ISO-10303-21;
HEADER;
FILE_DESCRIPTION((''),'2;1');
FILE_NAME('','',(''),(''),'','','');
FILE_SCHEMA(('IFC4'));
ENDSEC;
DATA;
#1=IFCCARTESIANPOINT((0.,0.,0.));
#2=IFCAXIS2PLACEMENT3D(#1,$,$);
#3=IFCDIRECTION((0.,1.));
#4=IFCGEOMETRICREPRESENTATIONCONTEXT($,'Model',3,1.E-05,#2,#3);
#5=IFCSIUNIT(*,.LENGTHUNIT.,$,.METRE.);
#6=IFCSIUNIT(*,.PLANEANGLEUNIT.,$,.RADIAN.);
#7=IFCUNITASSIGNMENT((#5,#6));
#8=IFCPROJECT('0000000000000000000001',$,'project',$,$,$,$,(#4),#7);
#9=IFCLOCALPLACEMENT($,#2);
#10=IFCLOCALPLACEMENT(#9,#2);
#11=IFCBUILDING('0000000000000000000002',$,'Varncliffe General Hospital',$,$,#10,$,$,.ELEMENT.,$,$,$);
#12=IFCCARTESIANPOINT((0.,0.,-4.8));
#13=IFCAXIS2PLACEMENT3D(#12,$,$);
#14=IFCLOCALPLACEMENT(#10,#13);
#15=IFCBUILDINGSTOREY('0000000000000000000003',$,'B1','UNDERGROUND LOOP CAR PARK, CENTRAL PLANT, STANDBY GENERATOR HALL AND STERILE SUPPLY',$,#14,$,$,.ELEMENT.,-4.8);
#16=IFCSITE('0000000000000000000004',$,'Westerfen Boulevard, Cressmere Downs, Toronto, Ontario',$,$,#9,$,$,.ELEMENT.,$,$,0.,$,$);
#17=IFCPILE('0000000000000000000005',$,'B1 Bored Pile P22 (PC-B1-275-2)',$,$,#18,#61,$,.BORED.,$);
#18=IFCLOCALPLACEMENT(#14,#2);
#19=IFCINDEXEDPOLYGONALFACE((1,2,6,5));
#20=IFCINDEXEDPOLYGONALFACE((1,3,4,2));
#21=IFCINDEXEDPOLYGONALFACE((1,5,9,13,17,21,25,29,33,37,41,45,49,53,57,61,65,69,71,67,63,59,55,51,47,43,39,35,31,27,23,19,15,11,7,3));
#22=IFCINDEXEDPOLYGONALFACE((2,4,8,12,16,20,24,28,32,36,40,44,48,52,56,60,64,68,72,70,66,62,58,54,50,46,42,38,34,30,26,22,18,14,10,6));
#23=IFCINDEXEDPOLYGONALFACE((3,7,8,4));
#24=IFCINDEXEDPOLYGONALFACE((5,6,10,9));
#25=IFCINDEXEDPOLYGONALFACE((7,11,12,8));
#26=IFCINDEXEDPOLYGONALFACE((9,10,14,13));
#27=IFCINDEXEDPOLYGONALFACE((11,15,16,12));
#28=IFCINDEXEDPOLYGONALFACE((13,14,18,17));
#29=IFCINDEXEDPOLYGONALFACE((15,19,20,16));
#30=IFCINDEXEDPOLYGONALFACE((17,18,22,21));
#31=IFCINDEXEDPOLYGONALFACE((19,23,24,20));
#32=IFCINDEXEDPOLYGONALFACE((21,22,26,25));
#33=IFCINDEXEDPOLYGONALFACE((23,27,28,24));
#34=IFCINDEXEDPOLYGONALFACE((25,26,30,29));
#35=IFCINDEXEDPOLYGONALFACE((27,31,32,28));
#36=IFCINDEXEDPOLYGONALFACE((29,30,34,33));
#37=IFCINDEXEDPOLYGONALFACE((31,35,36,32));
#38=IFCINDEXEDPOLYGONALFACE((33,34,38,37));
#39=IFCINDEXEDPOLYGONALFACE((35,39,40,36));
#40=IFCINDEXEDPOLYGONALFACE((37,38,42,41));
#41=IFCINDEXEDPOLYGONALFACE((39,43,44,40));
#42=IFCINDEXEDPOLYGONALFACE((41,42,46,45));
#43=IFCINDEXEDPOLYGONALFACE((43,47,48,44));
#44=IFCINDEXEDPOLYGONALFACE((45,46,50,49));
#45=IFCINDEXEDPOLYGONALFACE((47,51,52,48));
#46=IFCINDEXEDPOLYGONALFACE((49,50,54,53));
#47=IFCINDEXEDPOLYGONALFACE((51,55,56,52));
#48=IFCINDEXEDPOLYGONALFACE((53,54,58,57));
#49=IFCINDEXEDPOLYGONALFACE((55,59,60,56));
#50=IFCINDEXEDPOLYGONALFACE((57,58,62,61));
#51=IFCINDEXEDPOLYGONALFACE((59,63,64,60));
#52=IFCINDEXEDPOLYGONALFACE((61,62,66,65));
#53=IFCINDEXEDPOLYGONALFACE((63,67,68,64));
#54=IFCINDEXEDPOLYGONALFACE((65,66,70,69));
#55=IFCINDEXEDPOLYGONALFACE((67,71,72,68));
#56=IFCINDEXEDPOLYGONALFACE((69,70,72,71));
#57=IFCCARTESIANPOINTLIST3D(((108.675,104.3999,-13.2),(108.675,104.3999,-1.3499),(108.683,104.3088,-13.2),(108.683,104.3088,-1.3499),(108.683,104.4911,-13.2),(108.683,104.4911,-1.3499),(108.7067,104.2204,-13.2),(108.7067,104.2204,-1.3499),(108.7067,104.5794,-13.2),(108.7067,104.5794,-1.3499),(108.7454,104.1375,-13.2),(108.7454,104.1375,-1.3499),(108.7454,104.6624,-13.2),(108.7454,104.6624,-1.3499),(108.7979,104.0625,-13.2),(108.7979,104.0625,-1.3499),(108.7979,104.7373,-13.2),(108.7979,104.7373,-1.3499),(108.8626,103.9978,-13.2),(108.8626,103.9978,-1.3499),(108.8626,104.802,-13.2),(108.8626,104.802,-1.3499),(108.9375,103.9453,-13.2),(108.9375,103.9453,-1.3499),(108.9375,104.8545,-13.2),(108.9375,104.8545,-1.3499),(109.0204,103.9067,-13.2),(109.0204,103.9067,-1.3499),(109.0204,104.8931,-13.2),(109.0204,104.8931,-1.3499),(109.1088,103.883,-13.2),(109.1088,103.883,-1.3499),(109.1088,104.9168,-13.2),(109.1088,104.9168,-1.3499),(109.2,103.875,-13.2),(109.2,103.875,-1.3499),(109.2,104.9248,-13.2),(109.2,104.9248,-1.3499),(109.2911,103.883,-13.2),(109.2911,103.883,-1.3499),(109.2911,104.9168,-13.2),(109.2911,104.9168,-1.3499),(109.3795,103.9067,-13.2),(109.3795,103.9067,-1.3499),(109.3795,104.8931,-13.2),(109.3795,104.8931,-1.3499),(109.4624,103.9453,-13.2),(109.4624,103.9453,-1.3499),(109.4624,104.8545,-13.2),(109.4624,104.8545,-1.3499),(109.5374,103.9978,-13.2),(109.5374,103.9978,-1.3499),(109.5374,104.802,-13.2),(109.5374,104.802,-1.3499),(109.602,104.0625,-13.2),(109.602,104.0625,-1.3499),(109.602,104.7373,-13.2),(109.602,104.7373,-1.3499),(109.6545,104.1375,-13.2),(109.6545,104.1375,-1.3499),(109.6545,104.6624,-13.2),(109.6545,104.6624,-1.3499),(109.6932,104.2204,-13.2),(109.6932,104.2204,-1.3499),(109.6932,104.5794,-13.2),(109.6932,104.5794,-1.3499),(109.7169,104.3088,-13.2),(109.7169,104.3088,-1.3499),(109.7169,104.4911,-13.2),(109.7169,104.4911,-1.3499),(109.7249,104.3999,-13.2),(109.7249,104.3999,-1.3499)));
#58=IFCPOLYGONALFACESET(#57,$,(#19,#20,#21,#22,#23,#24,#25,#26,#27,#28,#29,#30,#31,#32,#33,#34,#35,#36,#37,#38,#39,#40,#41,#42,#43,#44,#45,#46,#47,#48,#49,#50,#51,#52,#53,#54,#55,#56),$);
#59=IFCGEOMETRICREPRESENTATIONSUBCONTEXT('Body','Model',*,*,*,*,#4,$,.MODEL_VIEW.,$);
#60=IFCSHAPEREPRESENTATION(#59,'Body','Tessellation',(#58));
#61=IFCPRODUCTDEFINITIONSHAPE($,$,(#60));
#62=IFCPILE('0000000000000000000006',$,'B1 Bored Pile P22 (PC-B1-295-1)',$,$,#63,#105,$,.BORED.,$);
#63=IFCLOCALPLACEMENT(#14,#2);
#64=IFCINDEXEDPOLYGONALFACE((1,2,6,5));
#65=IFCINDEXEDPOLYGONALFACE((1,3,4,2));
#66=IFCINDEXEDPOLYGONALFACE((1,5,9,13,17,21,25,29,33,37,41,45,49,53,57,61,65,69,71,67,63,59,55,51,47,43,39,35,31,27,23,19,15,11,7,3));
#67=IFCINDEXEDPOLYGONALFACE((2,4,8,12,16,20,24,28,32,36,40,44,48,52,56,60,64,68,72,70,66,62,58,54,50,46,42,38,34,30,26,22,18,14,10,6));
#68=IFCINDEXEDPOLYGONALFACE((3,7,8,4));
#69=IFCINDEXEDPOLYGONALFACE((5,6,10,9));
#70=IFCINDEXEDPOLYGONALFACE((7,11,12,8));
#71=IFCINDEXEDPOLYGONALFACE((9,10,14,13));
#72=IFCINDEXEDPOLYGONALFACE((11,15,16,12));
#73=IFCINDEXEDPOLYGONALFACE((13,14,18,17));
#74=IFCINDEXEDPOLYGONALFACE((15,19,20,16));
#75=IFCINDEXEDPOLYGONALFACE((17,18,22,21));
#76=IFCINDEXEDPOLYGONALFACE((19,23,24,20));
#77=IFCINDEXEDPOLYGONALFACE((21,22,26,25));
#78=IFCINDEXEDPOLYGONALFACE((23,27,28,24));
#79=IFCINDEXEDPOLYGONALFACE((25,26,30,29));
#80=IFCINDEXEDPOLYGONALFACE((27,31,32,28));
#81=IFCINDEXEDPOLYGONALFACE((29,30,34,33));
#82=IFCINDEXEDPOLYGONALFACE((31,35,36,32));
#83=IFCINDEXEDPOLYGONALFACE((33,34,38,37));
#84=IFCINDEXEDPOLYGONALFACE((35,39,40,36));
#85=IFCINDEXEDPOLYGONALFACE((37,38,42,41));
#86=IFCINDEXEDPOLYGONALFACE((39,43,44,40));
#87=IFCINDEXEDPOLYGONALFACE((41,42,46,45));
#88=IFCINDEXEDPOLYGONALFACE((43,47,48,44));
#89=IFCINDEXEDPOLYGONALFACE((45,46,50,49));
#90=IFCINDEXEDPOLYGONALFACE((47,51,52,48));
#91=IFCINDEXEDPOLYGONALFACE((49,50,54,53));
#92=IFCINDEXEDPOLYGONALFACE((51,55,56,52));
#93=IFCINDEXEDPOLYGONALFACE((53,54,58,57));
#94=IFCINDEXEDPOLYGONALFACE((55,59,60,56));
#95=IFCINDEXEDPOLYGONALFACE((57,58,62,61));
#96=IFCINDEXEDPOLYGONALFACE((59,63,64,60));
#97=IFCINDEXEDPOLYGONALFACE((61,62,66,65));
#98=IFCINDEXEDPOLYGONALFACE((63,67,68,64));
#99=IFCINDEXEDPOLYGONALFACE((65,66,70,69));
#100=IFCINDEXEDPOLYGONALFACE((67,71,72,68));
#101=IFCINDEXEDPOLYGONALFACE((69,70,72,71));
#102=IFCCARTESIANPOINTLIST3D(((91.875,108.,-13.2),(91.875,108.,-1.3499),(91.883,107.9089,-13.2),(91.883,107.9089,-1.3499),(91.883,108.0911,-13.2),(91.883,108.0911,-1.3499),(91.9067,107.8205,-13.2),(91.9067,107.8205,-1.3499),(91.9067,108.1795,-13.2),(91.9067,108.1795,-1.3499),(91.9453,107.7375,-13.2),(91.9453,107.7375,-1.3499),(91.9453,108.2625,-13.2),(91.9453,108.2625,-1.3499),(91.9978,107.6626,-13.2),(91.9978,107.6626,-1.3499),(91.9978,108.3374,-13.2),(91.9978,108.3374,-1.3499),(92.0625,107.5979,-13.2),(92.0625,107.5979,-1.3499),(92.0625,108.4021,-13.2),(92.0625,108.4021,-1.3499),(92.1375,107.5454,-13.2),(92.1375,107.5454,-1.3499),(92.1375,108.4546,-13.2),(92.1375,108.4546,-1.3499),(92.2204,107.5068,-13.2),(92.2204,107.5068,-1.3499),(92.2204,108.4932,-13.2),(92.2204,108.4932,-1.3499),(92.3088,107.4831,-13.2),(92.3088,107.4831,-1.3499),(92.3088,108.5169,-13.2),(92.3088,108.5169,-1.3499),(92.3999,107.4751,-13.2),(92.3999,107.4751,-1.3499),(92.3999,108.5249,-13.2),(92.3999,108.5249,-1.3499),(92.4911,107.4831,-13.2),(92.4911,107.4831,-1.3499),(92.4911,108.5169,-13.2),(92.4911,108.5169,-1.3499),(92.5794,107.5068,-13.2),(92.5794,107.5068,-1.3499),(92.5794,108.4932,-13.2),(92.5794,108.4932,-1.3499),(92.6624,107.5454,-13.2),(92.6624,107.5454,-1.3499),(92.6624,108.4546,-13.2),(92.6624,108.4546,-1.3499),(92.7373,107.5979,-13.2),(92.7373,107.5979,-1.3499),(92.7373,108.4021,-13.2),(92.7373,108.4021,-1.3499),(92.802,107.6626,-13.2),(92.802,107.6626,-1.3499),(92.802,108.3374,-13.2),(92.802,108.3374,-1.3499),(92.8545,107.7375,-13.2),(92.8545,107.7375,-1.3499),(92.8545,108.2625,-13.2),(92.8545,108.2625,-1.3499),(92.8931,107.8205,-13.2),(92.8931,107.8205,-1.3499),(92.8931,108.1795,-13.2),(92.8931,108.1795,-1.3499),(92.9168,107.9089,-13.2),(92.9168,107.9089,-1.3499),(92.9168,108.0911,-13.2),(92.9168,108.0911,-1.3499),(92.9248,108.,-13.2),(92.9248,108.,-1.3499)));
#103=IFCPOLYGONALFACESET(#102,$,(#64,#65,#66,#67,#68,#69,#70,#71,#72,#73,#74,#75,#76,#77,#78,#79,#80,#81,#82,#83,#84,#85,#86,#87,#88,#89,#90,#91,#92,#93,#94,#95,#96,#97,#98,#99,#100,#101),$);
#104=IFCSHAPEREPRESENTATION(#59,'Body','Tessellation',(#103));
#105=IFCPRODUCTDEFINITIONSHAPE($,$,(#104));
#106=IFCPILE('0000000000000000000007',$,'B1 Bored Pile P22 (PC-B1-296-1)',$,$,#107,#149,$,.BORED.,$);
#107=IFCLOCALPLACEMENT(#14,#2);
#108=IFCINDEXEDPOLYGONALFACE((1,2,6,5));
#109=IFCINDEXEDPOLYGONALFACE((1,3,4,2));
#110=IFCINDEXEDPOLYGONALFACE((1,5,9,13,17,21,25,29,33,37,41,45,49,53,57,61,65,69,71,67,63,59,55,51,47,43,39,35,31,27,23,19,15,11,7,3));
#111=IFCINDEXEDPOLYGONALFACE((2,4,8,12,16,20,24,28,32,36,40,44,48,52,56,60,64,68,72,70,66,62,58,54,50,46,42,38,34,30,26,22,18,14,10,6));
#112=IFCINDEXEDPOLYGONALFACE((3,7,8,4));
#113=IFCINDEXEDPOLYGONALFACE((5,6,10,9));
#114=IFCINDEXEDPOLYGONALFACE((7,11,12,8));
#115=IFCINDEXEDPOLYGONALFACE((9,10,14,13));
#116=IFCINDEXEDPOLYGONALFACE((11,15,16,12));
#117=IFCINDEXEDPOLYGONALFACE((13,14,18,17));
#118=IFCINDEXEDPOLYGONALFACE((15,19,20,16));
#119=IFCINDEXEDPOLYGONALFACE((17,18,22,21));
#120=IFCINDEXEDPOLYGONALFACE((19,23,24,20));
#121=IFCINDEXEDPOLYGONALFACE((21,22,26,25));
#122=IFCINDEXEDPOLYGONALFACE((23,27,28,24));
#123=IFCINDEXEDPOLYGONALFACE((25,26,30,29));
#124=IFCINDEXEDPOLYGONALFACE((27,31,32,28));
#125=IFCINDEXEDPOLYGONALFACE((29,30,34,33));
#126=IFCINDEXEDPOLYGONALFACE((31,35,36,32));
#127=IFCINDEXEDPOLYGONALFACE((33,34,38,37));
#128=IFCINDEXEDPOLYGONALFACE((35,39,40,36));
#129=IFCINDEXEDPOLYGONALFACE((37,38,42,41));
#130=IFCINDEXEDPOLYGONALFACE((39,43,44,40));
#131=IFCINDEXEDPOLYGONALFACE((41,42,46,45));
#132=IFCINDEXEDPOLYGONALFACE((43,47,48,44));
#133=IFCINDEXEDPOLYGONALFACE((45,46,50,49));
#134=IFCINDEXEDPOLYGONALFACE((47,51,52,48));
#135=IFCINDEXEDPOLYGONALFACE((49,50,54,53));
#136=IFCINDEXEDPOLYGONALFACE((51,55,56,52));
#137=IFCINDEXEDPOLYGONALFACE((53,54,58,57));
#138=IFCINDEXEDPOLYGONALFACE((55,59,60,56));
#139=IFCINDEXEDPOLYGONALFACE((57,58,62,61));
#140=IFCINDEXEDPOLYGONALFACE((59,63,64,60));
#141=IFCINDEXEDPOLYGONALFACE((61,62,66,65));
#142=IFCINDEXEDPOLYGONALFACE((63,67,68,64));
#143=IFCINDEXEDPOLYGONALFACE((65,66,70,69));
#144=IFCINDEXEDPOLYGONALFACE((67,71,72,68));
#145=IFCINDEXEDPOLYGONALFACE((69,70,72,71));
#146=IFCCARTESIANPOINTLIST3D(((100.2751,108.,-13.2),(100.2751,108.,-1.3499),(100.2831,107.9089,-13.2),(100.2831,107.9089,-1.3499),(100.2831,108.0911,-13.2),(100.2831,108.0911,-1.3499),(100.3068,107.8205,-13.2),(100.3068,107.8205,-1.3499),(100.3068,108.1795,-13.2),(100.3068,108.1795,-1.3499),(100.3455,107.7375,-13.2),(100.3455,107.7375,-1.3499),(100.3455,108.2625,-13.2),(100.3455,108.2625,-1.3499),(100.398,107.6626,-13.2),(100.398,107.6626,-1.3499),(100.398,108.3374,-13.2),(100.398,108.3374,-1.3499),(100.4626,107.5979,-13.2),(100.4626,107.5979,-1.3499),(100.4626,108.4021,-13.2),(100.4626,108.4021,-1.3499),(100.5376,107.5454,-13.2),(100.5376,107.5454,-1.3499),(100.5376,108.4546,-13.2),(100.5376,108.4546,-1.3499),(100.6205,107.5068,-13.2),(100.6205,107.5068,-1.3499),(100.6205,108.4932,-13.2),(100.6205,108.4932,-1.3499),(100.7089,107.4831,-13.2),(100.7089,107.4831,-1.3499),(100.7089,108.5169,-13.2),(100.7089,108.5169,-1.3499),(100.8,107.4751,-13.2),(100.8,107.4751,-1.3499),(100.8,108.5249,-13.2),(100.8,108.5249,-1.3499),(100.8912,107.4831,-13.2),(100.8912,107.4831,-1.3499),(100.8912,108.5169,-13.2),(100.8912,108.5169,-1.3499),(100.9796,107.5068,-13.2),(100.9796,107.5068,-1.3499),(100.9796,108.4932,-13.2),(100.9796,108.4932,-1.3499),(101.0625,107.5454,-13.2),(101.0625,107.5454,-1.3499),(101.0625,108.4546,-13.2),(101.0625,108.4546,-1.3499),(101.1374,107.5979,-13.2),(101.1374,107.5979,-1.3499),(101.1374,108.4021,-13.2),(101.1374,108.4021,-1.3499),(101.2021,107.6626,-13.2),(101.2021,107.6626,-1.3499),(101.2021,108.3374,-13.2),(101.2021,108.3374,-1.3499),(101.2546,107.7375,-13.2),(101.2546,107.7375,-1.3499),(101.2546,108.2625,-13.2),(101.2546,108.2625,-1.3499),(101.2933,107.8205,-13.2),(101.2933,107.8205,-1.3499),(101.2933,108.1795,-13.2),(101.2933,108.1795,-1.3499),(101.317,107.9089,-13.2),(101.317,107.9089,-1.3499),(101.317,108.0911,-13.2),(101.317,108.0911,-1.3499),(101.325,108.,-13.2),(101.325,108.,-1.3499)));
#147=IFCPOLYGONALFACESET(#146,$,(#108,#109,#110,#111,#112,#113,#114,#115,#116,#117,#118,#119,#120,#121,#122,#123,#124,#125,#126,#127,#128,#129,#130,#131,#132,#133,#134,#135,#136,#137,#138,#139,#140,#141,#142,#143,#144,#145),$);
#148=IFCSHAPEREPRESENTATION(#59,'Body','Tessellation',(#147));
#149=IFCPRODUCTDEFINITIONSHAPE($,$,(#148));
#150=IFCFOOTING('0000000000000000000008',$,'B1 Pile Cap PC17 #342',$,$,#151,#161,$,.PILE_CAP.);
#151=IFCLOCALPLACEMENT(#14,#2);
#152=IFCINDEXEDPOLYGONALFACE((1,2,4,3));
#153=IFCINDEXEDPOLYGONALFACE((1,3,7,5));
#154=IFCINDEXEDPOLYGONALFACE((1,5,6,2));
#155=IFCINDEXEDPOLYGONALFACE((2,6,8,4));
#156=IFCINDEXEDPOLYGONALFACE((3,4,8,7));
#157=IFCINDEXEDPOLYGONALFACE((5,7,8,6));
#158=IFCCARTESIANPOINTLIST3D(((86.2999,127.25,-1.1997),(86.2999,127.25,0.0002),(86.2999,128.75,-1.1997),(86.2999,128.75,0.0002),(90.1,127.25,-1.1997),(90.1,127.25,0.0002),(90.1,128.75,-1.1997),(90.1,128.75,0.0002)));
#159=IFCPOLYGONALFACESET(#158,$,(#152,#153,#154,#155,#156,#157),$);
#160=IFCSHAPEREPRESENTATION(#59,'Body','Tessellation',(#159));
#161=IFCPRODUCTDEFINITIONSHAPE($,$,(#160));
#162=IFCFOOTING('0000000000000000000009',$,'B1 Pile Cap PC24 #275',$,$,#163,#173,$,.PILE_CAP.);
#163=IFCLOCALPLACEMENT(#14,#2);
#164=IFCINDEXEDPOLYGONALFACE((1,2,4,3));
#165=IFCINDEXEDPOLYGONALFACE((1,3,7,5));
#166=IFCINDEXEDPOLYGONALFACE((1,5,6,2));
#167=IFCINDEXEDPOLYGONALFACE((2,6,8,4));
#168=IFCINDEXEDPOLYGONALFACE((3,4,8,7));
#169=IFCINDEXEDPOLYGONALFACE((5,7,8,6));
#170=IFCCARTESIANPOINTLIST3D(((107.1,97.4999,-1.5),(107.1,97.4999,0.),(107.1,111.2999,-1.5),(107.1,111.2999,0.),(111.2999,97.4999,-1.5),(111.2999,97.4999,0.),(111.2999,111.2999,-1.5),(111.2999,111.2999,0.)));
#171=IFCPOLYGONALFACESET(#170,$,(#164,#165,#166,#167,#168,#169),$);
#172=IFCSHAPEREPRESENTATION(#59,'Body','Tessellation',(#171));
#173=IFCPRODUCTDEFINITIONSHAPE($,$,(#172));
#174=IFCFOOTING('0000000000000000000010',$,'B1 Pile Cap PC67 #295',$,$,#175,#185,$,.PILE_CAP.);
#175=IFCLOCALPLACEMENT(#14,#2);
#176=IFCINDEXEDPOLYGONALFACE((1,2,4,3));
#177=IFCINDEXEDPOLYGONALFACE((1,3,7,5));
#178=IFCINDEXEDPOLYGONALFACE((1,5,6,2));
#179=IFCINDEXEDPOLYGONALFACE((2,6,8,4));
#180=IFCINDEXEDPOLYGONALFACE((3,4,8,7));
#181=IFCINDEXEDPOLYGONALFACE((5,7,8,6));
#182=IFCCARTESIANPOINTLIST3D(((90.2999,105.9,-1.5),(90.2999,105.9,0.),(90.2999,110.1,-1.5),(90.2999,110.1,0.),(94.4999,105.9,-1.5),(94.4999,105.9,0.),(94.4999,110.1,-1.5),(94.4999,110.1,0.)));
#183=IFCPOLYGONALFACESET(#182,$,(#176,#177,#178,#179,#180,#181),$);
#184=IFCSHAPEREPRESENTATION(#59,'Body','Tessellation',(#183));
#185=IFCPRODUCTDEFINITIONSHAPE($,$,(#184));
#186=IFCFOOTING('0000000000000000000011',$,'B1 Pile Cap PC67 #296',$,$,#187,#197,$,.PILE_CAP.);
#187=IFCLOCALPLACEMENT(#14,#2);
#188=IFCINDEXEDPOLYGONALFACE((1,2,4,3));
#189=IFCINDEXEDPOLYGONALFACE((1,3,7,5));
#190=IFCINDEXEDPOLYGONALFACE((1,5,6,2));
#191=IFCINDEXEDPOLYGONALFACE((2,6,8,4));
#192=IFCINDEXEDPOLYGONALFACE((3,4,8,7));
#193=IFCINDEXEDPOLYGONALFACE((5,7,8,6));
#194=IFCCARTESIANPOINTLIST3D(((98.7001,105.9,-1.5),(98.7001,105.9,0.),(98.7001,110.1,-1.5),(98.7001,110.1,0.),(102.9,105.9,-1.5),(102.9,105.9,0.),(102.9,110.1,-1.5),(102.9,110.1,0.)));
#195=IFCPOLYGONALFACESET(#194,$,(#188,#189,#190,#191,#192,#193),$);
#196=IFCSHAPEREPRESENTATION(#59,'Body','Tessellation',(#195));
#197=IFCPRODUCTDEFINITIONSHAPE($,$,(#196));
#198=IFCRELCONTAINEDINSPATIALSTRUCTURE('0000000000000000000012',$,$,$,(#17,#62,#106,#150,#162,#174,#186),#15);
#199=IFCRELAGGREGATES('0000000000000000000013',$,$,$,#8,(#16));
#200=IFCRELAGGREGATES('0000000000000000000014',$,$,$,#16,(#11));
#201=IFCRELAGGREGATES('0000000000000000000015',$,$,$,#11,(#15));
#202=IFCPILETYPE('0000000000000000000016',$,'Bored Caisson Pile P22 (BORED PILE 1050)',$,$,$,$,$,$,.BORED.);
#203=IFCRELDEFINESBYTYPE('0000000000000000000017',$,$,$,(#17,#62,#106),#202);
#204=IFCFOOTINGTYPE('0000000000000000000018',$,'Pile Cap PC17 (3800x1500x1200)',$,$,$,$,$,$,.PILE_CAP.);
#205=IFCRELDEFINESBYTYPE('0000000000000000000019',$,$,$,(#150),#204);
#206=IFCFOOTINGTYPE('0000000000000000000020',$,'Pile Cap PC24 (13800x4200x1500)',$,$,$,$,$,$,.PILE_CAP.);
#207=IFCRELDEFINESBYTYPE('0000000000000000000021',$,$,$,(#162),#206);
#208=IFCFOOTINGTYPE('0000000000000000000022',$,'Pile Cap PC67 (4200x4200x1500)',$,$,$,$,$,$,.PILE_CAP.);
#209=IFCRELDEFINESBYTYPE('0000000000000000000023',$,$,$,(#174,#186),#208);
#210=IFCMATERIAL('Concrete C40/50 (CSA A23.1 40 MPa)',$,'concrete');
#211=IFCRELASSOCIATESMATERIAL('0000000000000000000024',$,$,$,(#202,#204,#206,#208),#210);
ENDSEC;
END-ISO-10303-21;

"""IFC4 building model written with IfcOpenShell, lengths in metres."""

from ifc_helpers import new_model, si_unit, direction, frame, origin, origin_2d, place, context, subcontext, project, spatial, rectangle, circle, extrude, material, material_profile, profile_set, type_object, element, save


model = new_model("IFC4")

# Units and contexts
model_context = context("Model", 3, precision=1e-05, world=origin(), true_north=direction((0.0, 1.0)))
body_context = subcontext(model_context, "Body", "Model", "MODEL_VIEW")
ifc_project = project(units=[si_unit("LENGTHUNIT", "METRE"), si_unit("PLANEANGLEUNIT", "RADIAN")], contexts=[model_context])

# Site, building, storey
site_placement = place(None, origin())
site = spatial("IfcSite", under=ifc_project, at=site_placement, Name="Westerfen Boulevard, Cressmere Downs, Toronto, Ontario", CompositionType="ELEMENT", RefElevation=0.0)
building_placement = place(site_placement, origin())
building = spatial("IfcBuilding", under=site, at=building_placement, Name="Varncliffe General Hospital", CompositionType="ELEMENT")
storey_placement = place(building_placement, frame((0.0, 0.0, -4.8)))
storey = spatial("IfcBuildingStorey", under=building, at=storey_placement, Name="B1", Description="UNDERGROUND LOOP CAR PARK, CENTRAL PLANT, STANDBY GENERATOR HALL AND STERILE SUPPLY", CompositionType="ELEMENT", Elevation=-4.8)

# Piles
ifc_material_1 = material(Name="Concrete C40/50 (CSA A23.1 40 MPa)", Category="concrete")
ifc_material_profile_1 = material_profile(ifc_material_1, circle(Radius=0.5249, at=origin_2d()), Name="BORED PILE 1050")
ifc_profile_set_1 = profile_set([ifc_material_profile_1], Name="Concrete C40/50 (CSA A23.1 40 MPa)")
pile_type_1 = type_object("IfcPileType", Name="Bored Caisson Pile P22 (BORED PILE 1050)", PredefinedType="BORED", material=ifc_profile_set_1)
for number, where, z_axis, x_axis, name in (
    (1, (109.2, 104.3999, -1.3499), (0.0, 0.0, -1.0), (1.0, 0.0, 0.0), "B1 Bored Pile P22 (PC-B1-275-2)"),
    (2, (92.3999, 108.0, -1.3499), (0.0, 0.0, -1.0), (1.0, 0.0, 0.0), "B1 Bored Pile P22 (PC-B1-295-1)"),
    (3, (100.8, 108.0, -1.3499), (0.0, 0.0, -1.0), (1.0, 0.0, 0.0), "B1 Bored Pile P22 (PC-B1-296-1)"),
):
    element("IfcPile", number, at=place(storey_placement, frame(where, z_axis=z_axis, x_axis=x_axis)), inside=storey, type_object=pile_type_1, Name=name, PredefinedType="BORED", context=body_context, shape_type="SweptSolid", body=[
        extrude(circle(Radius=0.5249, at=origin_2d()), origin(), (0.0, 0.0, 1.0), 11.8501),
    ])

# Footings
footing_type_1 = type_object("IfcFootingType", Name="Pile Cap PC17 (3800x1500x1200)", PredefinedType="PILE_CAP", material=ifc_material_1)
footing_1_placement = place(storey_placement, frame((88.2, 128.0, -1.1997), z_axis=(0.0, 0.0, 1.0), x_axis=(1.0, 0.0, 0.0)))
element("IfcFooting", 4, at=footing_1_placement, inside=storey, type_object=footing_type_1, Name="B1 Pile Cap PC17 #342", PredefinedType="PILE_CAP", context=body_context, shape_type="SweptSolid", body=[
    extrude(rectangle(XDim=3.8, YDim=1.5, at=origin_2d()), origin(), (0.0, 0.0, 1.0), 1.2),
])
footing_type_2 = type_object("IfcFootingType", Name="Pile Cap PC24 (13800x4200x1500)", PredefinedType="PILE_CAP", material=ifc_material_1)
footing_2_placement = place(storey_placement, frame((109.2, 104.3999, -1.5), z_axis=(0.0, 0.0, 1.0), x_axis=(1.0, 0.0, 0.0)))
element("IfcFooting", 5, at=footing_2_placement, inside=storey, type_object=footing_type_2, Name="B1 Pile Cap PC24 #275", PredefinedType="PILE_CAP", context=body_context, shape_type="SweptSolid", body=[
    extrude(rectangle(XDim=4.2, YDim=13.8, at=origin_2d()), origin(), (0.0, 0.0, 1.0), 1.5),
])
footing_type_3 = type_object("IfcFootingType", Name="Pile Cap PC67 (4200x4200x1500)", PredefinedType="PILE_CAP", material=ifc_material_1)
for number, where, z_axis, x_axis, name in (
    (6, (92.3999, 108.0, -1.5), (0.0, 0.0, 1.0), (1.0, 0.0, 0.0), "B1 Pile Cap PC67 #295"),
    (7, (100.8, 108.0, -1.5), (0.0, 0.0, 1.0), (1.0, 0.0, 0.0), "B1 Pile Cap PC67 #296"),
):
    element("IfcFooting", number, at=place(storey_placement, frame(where, z_axis=z_axis, x_axis=x_axis)), inside=storey, type_object=footing_type_3, Name=name, PredefinedType="PILE_CAP", context=body_context, shape_type="SweptSolid", body=[
        extrude(rectangle(XDim=4.2, YDim=4.2, at=origin_2d()), origin(), (0.0, 0.0, 1.0), 1.5),
    ])

save(model, "model.ifc")
